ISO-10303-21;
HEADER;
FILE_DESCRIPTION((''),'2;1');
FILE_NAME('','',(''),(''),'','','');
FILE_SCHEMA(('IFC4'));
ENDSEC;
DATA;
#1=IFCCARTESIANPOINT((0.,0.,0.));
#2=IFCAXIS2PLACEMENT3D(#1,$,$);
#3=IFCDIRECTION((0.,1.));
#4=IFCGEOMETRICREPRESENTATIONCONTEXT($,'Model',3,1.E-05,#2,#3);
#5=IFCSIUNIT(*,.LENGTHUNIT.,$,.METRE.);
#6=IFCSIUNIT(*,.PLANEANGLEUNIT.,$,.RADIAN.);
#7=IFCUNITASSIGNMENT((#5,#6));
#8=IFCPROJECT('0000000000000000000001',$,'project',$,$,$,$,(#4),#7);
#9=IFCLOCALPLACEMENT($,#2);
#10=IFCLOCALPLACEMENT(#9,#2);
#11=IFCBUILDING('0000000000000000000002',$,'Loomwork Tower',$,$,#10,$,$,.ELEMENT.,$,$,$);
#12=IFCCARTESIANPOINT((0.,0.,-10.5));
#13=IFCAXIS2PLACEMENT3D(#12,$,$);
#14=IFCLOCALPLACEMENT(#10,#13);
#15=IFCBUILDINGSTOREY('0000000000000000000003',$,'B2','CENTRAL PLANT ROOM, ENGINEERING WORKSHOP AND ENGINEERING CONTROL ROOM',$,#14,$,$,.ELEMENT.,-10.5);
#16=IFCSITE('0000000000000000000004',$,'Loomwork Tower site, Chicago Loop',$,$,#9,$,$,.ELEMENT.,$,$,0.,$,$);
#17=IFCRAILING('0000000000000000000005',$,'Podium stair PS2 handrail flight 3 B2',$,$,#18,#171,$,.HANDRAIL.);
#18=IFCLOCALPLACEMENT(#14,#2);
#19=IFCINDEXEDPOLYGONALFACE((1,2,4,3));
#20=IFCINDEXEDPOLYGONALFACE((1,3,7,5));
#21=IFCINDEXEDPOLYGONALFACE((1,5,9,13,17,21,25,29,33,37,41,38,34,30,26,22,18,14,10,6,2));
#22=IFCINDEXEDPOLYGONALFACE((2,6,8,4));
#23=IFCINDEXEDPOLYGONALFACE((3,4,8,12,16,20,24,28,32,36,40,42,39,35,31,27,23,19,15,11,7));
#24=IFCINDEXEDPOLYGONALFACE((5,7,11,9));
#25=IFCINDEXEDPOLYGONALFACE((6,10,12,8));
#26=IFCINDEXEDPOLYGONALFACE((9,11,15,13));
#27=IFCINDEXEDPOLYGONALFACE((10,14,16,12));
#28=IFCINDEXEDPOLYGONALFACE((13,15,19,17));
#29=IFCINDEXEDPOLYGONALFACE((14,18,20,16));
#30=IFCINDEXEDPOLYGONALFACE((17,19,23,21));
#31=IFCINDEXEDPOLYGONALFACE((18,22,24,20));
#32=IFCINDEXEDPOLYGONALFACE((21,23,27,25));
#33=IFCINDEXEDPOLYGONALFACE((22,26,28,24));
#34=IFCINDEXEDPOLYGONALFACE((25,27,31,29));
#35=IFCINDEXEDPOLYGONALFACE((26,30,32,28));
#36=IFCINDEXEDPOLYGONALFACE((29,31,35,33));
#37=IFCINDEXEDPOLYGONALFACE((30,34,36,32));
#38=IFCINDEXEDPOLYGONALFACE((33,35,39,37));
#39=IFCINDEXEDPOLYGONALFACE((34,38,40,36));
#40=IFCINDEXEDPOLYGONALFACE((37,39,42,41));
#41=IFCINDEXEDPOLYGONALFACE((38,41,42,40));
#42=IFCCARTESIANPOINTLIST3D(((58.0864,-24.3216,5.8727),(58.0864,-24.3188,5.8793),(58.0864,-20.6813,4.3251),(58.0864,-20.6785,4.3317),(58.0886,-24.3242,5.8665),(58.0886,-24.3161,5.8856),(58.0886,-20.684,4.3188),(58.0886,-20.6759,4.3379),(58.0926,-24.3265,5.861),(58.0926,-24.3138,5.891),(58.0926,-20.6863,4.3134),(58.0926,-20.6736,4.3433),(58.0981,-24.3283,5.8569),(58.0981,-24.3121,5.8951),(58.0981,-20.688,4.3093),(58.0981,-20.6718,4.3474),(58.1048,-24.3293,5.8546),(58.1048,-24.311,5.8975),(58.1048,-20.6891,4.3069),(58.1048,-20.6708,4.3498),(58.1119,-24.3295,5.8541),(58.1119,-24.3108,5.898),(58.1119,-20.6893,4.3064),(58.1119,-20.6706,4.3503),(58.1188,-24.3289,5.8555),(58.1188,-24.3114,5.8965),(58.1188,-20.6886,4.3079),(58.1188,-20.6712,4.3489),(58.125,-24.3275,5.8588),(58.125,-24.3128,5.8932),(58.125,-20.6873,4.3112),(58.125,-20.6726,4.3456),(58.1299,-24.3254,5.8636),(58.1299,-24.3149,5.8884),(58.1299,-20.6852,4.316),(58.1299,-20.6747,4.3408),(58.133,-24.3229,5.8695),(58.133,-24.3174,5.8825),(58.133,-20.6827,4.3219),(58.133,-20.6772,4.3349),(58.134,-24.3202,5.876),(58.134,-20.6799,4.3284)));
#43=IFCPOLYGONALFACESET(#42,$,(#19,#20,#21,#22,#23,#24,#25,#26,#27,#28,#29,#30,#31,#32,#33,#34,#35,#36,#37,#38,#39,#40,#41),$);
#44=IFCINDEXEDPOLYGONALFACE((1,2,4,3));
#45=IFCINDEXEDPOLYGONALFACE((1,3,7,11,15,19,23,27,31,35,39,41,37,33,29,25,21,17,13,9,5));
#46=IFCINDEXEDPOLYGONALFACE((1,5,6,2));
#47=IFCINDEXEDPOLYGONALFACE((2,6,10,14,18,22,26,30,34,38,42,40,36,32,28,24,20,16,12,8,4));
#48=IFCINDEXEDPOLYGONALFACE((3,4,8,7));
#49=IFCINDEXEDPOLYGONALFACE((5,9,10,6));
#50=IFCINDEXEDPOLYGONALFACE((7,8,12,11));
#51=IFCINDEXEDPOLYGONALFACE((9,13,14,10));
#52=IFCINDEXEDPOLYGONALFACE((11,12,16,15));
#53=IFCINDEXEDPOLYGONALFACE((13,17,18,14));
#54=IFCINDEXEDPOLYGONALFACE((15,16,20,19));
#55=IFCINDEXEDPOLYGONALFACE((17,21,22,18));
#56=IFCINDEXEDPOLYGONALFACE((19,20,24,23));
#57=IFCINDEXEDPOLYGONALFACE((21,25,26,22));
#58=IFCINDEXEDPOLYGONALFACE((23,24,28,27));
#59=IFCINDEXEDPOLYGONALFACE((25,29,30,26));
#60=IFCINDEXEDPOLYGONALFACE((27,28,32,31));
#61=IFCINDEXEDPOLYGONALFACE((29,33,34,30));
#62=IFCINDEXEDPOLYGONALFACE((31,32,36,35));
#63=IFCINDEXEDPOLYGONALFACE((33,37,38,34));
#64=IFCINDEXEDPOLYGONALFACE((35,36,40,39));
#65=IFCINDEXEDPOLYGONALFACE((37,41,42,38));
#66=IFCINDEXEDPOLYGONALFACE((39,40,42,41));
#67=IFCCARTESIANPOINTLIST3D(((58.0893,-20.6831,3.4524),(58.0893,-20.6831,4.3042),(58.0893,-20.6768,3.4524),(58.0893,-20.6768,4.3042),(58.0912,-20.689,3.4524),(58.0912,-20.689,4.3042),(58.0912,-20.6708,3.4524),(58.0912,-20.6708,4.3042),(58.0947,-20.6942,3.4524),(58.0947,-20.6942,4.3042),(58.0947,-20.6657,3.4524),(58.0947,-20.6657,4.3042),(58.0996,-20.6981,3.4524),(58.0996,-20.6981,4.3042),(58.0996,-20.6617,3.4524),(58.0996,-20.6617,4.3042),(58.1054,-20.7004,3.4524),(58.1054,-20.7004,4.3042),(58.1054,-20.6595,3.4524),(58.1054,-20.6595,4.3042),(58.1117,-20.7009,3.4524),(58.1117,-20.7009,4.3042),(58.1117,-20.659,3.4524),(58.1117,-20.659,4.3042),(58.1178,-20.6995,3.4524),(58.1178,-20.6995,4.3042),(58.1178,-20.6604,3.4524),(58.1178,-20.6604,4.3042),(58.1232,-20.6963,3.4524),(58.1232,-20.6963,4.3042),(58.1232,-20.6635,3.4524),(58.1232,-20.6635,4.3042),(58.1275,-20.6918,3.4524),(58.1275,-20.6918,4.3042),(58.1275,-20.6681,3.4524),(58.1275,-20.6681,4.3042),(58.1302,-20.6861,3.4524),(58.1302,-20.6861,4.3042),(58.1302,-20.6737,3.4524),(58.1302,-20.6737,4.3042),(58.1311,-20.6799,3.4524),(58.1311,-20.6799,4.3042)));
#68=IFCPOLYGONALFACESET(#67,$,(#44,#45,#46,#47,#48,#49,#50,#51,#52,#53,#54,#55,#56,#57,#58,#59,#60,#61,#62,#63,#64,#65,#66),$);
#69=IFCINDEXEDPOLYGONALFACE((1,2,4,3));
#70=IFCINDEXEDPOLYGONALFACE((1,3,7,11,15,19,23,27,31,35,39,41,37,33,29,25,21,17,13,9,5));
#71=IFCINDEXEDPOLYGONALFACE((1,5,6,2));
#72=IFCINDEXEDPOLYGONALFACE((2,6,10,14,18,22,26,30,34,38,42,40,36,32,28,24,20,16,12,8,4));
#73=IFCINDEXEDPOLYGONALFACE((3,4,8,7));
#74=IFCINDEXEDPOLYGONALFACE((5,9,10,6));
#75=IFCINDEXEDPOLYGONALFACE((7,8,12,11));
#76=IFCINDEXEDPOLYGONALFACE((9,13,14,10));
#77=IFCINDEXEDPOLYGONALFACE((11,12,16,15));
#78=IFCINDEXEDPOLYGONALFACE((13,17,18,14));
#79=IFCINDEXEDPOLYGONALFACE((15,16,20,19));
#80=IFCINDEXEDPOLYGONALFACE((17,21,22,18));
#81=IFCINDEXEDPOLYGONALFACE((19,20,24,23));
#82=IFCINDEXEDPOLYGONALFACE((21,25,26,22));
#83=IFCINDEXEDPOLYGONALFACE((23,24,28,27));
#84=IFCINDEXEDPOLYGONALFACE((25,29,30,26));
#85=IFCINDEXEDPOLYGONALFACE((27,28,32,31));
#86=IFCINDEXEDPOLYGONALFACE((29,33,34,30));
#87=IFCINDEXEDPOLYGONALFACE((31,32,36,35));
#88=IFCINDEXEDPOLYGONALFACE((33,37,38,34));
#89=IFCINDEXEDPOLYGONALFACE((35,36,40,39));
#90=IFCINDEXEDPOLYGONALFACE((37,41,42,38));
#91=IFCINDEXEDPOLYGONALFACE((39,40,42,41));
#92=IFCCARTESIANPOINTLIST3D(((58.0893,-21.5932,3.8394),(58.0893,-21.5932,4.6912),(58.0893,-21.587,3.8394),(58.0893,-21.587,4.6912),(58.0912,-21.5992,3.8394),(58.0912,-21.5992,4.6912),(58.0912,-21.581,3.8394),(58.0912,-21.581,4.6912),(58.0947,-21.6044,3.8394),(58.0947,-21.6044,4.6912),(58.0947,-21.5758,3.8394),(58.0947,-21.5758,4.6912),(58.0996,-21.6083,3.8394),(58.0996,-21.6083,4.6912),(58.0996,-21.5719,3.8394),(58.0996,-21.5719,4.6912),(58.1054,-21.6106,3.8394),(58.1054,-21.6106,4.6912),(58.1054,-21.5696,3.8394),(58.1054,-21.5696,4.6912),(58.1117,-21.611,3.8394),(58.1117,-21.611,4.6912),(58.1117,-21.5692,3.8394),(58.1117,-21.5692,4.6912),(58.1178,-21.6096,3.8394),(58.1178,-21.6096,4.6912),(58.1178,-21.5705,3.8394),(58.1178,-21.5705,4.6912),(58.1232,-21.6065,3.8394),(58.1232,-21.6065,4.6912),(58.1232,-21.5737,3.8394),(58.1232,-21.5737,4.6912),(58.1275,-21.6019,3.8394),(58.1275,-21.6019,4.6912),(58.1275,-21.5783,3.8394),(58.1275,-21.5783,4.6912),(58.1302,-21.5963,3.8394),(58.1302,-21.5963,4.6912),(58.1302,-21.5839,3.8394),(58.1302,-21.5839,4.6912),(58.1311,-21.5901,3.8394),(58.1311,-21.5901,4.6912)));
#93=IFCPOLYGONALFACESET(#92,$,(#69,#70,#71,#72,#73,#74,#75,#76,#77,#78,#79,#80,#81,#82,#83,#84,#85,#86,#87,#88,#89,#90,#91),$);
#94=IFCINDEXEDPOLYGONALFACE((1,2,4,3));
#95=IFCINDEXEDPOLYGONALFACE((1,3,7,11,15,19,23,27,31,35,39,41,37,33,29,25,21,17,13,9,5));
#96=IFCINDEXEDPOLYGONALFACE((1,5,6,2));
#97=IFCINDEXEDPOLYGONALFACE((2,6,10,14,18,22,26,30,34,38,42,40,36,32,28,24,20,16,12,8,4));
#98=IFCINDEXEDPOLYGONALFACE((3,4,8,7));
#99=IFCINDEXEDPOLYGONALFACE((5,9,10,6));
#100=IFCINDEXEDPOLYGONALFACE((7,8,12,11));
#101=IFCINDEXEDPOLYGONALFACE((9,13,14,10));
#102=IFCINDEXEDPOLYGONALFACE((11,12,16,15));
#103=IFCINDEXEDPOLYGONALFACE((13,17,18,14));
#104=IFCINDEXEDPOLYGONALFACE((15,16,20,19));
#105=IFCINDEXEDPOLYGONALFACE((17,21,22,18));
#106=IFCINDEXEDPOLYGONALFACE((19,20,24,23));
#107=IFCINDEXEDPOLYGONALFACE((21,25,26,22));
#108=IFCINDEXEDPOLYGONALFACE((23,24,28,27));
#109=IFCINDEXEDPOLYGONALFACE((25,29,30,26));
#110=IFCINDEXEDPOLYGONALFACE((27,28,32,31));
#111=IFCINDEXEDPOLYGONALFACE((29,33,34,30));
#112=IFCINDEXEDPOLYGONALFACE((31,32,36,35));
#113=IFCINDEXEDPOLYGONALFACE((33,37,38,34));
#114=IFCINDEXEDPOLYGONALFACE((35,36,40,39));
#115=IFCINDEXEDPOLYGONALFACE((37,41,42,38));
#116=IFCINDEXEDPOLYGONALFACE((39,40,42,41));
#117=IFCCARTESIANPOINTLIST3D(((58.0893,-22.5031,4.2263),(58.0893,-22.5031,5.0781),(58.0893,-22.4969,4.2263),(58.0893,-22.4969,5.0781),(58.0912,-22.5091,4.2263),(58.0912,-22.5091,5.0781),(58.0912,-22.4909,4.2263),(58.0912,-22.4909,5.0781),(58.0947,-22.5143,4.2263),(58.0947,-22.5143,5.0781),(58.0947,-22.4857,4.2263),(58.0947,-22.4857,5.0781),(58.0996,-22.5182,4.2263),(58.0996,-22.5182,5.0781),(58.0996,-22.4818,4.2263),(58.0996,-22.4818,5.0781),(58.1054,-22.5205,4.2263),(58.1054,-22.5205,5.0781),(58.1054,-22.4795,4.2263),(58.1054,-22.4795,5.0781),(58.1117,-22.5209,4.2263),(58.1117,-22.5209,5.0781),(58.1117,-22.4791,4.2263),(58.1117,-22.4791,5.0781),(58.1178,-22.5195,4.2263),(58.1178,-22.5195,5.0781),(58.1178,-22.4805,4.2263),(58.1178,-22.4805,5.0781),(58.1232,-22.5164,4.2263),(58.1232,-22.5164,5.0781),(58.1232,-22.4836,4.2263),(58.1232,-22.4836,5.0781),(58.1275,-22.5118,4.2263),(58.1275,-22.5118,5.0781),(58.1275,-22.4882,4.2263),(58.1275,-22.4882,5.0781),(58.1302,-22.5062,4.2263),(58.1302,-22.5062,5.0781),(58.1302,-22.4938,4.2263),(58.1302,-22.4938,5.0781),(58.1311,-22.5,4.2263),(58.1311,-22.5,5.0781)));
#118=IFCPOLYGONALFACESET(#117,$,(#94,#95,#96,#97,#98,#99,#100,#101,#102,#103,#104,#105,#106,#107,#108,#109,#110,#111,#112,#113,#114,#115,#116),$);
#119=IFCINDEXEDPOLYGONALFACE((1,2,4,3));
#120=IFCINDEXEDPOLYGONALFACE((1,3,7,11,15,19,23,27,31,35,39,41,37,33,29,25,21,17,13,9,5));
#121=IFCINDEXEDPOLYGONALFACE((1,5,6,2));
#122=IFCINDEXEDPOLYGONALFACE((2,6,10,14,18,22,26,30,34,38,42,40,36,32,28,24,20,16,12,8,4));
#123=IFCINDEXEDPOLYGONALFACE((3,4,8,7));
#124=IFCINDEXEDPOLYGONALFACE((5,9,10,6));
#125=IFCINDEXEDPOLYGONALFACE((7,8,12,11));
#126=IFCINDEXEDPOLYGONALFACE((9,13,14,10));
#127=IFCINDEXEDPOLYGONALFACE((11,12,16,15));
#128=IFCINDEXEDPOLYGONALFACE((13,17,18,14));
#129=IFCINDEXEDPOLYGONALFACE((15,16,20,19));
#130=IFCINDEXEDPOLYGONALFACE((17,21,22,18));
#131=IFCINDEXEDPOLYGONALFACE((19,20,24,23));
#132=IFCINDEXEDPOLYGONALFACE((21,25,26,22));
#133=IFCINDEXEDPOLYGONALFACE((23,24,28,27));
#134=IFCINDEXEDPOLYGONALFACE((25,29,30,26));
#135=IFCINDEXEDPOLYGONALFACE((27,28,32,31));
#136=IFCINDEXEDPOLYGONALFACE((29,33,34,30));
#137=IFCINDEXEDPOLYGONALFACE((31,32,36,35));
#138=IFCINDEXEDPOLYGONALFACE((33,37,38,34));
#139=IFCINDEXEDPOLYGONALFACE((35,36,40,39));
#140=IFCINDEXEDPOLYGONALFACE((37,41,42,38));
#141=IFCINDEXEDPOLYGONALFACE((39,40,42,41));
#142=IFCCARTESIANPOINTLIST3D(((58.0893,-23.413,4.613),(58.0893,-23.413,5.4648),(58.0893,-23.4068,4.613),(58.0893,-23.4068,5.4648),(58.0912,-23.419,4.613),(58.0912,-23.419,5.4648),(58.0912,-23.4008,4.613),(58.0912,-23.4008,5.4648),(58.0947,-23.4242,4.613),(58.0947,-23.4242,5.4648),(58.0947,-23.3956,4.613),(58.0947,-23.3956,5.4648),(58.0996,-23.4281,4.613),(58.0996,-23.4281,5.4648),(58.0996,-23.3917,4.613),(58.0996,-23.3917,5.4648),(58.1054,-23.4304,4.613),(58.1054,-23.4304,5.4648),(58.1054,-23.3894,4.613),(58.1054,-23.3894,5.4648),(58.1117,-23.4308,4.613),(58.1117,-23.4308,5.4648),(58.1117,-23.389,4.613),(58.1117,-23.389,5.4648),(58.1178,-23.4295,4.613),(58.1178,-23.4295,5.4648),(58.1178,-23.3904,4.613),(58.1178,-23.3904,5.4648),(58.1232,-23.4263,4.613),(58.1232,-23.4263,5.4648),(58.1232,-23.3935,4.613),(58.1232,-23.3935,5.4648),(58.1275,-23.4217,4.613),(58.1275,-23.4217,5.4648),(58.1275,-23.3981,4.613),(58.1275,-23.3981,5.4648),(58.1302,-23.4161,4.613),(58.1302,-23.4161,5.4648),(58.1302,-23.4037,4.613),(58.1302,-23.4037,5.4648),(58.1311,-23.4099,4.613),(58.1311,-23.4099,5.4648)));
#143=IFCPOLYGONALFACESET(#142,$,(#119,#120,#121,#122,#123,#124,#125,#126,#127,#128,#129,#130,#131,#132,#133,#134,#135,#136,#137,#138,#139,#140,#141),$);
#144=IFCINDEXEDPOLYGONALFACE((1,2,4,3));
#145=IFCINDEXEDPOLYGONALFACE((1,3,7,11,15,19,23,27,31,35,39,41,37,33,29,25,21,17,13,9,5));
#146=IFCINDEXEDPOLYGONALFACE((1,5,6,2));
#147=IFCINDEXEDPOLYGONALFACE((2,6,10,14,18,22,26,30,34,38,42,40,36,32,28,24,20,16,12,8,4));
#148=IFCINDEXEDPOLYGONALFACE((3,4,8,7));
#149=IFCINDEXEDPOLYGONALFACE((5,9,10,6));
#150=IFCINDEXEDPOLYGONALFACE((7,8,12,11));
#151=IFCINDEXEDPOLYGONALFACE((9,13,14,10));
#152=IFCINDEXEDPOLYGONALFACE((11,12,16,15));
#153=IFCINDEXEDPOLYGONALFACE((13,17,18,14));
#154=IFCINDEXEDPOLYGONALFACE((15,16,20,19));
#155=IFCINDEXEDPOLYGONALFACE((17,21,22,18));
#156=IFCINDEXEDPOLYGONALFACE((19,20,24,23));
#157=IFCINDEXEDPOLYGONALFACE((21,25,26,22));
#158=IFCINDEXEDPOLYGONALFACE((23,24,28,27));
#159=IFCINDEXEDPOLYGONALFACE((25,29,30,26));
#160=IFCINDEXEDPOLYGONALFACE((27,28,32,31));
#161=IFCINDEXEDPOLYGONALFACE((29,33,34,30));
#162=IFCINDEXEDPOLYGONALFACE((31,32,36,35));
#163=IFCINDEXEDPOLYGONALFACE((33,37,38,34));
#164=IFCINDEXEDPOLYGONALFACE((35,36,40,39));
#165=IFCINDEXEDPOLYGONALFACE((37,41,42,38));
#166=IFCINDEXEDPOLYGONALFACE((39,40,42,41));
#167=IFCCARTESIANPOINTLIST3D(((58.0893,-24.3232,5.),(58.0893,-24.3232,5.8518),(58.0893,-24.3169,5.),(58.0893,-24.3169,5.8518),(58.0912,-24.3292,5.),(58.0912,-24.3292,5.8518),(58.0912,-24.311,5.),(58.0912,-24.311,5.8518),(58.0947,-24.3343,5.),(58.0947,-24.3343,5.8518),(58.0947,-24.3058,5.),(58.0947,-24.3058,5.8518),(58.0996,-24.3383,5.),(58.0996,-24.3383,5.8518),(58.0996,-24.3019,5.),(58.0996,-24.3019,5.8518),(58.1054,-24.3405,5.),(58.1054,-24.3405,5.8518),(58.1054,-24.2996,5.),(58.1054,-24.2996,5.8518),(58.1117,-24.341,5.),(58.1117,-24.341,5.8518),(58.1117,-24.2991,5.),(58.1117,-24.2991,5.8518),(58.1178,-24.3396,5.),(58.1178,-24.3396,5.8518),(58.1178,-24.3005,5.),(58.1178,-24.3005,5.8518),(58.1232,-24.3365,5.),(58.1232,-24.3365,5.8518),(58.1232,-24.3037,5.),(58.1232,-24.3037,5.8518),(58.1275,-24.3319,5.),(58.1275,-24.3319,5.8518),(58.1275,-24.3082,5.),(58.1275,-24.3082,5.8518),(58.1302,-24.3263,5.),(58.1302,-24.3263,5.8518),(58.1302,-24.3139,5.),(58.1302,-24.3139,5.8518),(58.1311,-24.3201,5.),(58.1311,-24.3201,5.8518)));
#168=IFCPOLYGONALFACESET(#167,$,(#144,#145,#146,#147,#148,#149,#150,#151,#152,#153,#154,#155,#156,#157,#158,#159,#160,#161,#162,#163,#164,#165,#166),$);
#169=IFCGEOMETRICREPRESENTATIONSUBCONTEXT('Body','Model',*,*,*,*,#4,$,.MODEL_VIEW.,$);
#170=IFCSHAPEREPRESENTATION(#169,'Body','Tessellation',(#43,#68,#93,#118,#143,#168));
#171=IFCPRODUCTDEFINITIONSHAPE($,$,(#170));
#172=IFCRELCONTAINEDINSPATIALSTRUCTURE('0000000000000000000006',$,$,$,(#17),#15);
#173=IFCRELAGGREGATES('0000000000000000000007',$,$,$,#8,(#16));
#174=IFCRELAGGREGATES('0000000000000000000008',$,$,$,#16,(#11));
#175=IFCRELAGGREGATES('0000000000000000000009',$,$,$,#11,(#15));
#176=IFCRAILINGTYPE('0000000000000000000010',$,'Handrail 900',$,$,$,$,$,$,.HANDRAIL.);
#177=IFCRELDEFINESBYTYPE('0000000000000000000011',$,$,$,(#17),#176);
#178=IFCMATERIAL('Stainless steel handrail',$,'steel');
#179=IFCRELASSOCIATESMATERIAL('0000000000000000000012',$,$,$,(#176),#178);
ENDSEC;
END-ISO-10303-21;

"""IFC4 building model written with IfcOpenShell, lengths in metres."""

from ifc_helpers import new_model, si_unit, direction, frame, origin, origin_2d, place, context, subcontext, project, spatial, circle, extrude, material, type_object, element, save


model = new_model("IFC4")

# Units and contexts
model_context = context("Model", 3, precision=1e-05, world=origin(), true_north=direction((0.0, 1.0)))
body_context = subcontext(model_context, "Body", "Model", "MODEL_VIEW")
ifc_project = project(units=[si_unit("LENGTHUNIT", "METRE"), si_unit("PLANEANGLEUNIT", "RADIAN")], contexts=[model_context])

# Site, building, storey
site_placement = place(None, origin())
site = spatial("IfcSite", under=ifc_project, at=site_placement, Name="Loomwork Tower site, Chicago Loop", CompositionType="ELEMENT", RefElevation=0.0)
building_placement = place(site_placement, origin())
building = spatial("IfcBuilding", under=site, at=building_placement, Name="Loomwork Tower", CompositionType="ELEMENT")
storey_placement = place(building_placement, frame((0.0, 0.0, -10.5)))
storey = spatial("IfcBuildingStorey", under=building, at=storey_placement, Name="B2", Description="CENTRAL PLANT ROOM, ENGINEERING WORKSHOP AND ENGINEERING CONTROL ROOM", CompositionType="ELEMENT", Elevation=-10.5)

# Railing
ifc_material_1 = material(Name="Stainless steel handrail", Category="steel")
railing_type = type_object("IfcRailingType", Name="Handrail 900", PredefinedType="HANDRAIL", material=ifc_material_1)
railing_1_placement = place(storey_placement, frame((58.1101, -20.6799, 3.4524)))
element("IfcRailing", 1, at=railing_1_placement, inside=storey, type_object=railing_type, Name="Podium stair PS2 handrail flight 3 B2", PredefinedType="HANDRAIL", context=body_context, shape_type="SweptSolid", body=[
    extrude(circle(Radius=0.0239, at=origin_2d()), frame((0.0, 0.0, 0.876), z_axis=(0.0, -0.920281, 0.391258), x_axis=(1.0, 0.0, 0.0)), (0.0, 0.0, 1.0), 3.9556),
    extrude(circle(Radius=0.021, at=origin_2d()), origin(), (0.0, 0.0, 1.0), 0.8518),
    extrude(circle(Radius=0.021, at=origin_2d()), frame((0.0, -0.9102, 0.387)), (0.0, 0.0, 1.0), 0.8518),
    extrude(circle(Radius=0.021, at=origin_2d()), frame((0.0, -1.8201, 0.7739)), (0.0, 0.0, 1.0), 0.8518),
    extrude(circle(Radius=0.021, at=origin_2d()), frame((0.0, -2.73, 1.1606)), (0.0, 0.0, 1.0), 0.8518),
    extrude(circle(Radius=0.021, at=origin_2d()), frame((0.0, -3.6401, 1.5476)), (0.0, 0.0, 1.0), 0.8518),
])

save(model, "model.ifc")
